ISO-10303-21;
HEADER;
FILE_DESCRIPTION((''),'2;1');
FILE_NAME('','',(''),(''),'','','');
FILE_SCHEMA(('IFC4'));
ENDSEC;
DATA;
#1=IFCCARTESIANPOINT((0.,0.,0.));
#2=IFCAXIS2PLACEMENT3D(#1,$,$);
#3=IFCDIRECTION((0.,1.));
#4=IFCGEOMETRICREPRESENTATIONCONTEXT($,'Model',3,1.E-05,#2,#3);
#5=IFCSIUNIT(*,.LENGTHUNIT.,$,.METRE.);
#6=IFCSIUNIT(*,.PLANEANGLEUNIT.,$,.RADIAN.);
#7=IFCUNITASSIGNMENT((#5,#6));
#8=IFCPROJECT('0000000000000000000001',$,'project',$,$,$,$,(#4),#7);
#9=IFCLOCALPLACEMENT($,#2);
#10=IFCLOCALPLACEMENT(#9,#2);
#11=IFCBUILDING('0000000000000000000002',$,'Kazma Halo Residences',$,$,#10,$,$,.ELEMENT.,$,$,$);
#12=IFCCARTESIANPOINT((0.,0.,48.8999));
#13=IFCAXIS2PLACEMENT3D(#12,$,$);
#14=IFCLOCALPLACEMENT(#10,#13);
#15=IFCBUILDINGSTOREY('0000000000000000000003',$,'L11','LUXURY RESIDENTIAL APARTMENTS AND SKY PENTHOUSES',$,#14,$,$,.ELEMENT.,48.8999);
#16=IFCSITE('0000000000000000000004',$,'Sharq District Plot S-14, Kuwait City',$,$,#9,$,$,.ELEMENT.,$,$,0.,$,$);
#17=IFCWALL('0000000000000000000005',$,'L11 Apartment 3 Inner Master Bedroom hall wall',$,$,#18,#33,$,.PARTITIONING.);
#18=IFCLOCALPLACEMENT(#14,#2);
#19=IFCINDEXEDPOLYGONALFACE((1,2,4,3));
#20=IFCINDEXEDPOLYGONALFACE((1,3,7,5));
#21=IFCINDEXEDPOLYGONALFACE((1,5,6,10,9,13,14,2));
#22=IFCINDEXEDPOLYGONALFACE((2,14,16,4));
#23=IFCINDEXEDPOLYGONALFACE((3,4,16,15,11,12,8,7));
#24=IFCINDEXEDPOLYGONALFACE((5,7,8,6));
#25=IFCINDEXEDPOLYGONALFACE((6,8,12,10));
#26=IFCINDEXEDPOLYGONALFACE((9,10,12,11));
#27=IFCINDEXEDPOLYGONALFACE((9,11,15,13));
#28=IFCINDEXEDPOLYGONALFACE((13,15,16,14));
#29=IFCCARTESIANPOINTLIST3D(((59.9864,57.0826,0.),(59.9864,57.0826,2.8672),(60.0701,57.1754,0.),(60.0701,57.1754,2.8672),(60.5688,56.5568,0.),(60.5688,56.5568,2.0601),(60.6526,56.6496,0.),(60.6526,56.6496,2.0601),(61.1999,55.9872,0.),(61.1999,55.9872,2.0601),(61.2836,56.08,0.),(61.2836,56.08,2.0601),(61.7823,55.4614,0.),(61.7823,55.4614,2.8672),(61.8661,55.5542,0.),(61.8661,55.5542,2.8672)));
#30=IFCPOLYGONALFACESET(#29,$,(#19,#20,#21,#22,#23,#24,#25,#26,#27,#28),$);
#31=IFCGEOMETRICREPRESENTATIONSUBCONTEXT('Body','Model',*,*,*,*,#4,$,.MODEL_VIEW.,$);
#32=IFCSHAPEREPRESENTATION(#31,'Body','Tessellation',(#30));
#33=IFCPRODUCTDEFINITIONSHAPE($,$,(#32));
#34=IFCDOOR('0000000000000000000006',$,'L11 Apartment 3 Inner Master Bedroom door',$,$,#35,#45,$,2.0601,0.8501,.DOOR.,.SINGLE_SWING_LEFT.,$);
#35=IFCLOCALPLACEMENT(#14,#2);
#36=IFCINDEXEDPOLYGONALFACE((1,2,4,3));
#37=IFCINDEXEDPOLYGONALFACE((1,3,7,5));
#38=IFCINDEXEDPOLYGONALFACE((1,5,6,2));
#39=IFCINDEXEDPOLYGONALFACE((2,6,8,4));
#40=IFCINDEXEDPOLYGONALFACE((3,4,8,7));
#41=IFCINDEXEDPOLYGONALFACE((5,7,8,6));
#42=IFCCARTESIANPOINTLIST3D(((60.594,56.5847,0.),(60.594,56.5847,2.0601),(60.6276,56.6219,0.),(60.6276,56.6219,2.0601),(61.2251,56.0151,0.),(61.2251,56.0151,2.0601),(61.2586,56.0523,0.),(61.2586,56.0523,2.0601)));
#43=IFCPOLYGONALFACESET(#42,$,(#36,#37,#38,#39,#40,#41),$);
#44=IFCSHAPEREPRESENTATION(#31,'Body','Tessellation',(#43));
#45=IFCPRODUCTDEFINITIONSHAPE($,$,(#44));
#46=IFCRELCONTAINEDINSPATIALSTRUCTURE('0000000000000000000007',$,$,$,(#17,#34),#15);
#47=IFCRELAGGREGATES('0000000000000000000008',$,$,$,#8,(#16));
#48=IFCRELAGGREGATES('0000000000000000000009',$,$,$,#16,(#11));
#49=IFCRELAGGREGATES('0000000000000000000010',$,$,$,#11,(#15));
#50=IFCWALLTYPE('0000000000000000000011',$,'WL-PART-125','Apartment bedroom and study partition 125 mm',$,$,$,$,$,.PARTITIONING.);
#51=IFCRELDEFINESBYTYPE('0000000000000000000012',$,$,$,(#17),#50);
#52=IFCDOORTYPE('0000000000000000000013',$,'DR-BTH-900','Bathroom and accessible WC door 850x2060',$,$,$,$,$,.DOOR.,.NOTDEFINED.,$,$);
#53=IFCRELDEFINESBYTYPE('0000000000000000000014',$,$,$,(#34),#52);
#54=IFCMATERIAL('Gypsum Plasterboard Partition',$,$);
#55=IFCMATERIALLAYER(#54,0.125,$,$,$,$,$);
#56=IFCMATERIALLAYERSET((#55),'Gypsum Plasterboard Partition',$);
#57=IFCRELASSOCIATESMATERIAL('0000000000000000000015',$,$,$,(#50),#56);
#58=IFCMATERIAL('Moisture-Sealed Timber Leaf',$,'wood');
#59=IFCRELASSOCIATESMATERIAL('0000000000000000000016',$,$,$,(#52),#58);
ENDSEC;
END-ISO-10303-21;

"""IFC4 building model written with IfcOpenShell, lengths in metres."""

from ifc_helpers import new_model, si_unit, direction, frame, frame_2d, origin, place, context, subcontext, project, spatial, rectangle, extrude, material, layer, layer_set, type_object, element, fill, save


model = new_model("IFC4")

# Units and contexts
model_context = context("Model", 3, precision=1e-05, world=origin(), true_north=direction((0.0, 1.0)))
body_context = subcontext(model_context, "Body", "Model", "MODEL_VIEW")
ifc_project = project(units=[si_unit("LENGTHUNIT", "METRE"), si_unit("PLANEANGLEUNIT", "RADIAN")], contexts=[model_context])

# Site, building, storey
site_placement = place(None, origin())
site = spatial("IfcSite", under=ifc_project, at=site_placement, Name="Sharq District Plot S-14, Kuwait City", CompositionType="ELEMENT", RefElevation=0.0)
building_placement = place(site_placement, origin())
building = spatial("IfcBuilding", under=site, at=building_placement, Name="Kazma Halo Residences", CompositionType="ELEMENT")
storey_placement = place(building_placement, frame((0.0, 0.0, 48.8999)))
storey = spatial("IfcBuildingStorey", under=building, at=storey_placement, Name="L11", Description="LUXURY RESIDENTIAL APARTMENTS AND SKY PENTHOUSES", CompositionType="ELEMENT", Elevation=48.8999)

# Shared definitions
ifc_material_1 = material(Name="Gypsum Plasterboard Partition")
ifc_layer_1 = layer(ifc_material_1, 0.125)
ifc_layer_set_1 = layer_set([ifc_layer_1], Name="Gypsum Plasterboard Partition")
wall_type_1 = type_object("IfcWallType", Name="WL-PART-125", Description="Apartment bedroom and study partition 125 mm", PredefinedType="PARTITIONING", material=ifc_layer_set_1)

# Shared definitions
ifc_material_2 = material(Name="Moisture-Sealed Timber Leaf", Category="wood")
door_type_1 = type_object("IfcDoorType", Name="DR-BTH-900", Description="Bathroom and accessible WC door 850x2060", OperationType="NOTDEFINED", PredefinedType="DOOR", material=ifc_material_2)

# Wall, opening, door
wall_1_placement = place(storey_placement, frame((61.8242, 55.5078, 0.0), z_axis=(0.0, 0.0, 1.0), x_axis=(-0.74231, 0.670057, 0.0)))
wall_1 = element("IfcWall", 1, at=wall_1_placement, inside=storey, type_object=wall_type_1, Name="L11 Apartment 3 Inner Master Bedroom hall wall", PredefinedType="PARTITIONING", context=body_context, shape_type="SweptSolid", body=[
    extrude(rectangle(XDim=2.4194, YDim=0.125, at=frame_2d((1.2097, 0.0))), origin(), (0.0, 0.0, 1.0), 2.8672),
])
opening_1_placement = place(wall_1_placement, frame((0.7847, 0.0, 0.0)))
opening_1 = element("IfcOpeningElement", 2, at=opening_1_placement, cuts=wall_1, PredefinedType="OPENING", context=body_context, shape_type="SweptSolid", body=[
    extrude(rectangle(XDim=0.8501, YDim=2.0601, at=frame_2d((0.425, 1.03))), frame((0.0, 0.0725, 0.0), z_axis=(0.0, -1.0, 0.0), x_axis=(1.0, 0.0, 0.0)), (0.0, 0.0, 1.0), 0.145),
])
door_1_placement = place(opening_1_placement, origin())
door_1 = element("IfcDoor", 3, at=door_1_placement, inside=storey, type_object=door_type_1, Name="L11 Apartment 3 Inner Master Bedroom door", OperationType="SINGLE_SWING_LEFT", OverallHeight=2.0601, OverallWidth=0.8501, PredefinedType="DOOR", context=body_context, shape_type="SweptSolid", body=[
    extrude(rectangle(XDim=0.8501, YDim=2.0601, at=frame_2d((0.425, 1.03))), frame((0.0, 0.0249, 0.0), z_axis=(0.0, -1.0, 0.0), x_axis=(1.0, 0.0, 0.0)), (0.0, 0.0, 1.0), 0.05),
])
fill(opening_1, door_1)

save(model, "model.ifc")
